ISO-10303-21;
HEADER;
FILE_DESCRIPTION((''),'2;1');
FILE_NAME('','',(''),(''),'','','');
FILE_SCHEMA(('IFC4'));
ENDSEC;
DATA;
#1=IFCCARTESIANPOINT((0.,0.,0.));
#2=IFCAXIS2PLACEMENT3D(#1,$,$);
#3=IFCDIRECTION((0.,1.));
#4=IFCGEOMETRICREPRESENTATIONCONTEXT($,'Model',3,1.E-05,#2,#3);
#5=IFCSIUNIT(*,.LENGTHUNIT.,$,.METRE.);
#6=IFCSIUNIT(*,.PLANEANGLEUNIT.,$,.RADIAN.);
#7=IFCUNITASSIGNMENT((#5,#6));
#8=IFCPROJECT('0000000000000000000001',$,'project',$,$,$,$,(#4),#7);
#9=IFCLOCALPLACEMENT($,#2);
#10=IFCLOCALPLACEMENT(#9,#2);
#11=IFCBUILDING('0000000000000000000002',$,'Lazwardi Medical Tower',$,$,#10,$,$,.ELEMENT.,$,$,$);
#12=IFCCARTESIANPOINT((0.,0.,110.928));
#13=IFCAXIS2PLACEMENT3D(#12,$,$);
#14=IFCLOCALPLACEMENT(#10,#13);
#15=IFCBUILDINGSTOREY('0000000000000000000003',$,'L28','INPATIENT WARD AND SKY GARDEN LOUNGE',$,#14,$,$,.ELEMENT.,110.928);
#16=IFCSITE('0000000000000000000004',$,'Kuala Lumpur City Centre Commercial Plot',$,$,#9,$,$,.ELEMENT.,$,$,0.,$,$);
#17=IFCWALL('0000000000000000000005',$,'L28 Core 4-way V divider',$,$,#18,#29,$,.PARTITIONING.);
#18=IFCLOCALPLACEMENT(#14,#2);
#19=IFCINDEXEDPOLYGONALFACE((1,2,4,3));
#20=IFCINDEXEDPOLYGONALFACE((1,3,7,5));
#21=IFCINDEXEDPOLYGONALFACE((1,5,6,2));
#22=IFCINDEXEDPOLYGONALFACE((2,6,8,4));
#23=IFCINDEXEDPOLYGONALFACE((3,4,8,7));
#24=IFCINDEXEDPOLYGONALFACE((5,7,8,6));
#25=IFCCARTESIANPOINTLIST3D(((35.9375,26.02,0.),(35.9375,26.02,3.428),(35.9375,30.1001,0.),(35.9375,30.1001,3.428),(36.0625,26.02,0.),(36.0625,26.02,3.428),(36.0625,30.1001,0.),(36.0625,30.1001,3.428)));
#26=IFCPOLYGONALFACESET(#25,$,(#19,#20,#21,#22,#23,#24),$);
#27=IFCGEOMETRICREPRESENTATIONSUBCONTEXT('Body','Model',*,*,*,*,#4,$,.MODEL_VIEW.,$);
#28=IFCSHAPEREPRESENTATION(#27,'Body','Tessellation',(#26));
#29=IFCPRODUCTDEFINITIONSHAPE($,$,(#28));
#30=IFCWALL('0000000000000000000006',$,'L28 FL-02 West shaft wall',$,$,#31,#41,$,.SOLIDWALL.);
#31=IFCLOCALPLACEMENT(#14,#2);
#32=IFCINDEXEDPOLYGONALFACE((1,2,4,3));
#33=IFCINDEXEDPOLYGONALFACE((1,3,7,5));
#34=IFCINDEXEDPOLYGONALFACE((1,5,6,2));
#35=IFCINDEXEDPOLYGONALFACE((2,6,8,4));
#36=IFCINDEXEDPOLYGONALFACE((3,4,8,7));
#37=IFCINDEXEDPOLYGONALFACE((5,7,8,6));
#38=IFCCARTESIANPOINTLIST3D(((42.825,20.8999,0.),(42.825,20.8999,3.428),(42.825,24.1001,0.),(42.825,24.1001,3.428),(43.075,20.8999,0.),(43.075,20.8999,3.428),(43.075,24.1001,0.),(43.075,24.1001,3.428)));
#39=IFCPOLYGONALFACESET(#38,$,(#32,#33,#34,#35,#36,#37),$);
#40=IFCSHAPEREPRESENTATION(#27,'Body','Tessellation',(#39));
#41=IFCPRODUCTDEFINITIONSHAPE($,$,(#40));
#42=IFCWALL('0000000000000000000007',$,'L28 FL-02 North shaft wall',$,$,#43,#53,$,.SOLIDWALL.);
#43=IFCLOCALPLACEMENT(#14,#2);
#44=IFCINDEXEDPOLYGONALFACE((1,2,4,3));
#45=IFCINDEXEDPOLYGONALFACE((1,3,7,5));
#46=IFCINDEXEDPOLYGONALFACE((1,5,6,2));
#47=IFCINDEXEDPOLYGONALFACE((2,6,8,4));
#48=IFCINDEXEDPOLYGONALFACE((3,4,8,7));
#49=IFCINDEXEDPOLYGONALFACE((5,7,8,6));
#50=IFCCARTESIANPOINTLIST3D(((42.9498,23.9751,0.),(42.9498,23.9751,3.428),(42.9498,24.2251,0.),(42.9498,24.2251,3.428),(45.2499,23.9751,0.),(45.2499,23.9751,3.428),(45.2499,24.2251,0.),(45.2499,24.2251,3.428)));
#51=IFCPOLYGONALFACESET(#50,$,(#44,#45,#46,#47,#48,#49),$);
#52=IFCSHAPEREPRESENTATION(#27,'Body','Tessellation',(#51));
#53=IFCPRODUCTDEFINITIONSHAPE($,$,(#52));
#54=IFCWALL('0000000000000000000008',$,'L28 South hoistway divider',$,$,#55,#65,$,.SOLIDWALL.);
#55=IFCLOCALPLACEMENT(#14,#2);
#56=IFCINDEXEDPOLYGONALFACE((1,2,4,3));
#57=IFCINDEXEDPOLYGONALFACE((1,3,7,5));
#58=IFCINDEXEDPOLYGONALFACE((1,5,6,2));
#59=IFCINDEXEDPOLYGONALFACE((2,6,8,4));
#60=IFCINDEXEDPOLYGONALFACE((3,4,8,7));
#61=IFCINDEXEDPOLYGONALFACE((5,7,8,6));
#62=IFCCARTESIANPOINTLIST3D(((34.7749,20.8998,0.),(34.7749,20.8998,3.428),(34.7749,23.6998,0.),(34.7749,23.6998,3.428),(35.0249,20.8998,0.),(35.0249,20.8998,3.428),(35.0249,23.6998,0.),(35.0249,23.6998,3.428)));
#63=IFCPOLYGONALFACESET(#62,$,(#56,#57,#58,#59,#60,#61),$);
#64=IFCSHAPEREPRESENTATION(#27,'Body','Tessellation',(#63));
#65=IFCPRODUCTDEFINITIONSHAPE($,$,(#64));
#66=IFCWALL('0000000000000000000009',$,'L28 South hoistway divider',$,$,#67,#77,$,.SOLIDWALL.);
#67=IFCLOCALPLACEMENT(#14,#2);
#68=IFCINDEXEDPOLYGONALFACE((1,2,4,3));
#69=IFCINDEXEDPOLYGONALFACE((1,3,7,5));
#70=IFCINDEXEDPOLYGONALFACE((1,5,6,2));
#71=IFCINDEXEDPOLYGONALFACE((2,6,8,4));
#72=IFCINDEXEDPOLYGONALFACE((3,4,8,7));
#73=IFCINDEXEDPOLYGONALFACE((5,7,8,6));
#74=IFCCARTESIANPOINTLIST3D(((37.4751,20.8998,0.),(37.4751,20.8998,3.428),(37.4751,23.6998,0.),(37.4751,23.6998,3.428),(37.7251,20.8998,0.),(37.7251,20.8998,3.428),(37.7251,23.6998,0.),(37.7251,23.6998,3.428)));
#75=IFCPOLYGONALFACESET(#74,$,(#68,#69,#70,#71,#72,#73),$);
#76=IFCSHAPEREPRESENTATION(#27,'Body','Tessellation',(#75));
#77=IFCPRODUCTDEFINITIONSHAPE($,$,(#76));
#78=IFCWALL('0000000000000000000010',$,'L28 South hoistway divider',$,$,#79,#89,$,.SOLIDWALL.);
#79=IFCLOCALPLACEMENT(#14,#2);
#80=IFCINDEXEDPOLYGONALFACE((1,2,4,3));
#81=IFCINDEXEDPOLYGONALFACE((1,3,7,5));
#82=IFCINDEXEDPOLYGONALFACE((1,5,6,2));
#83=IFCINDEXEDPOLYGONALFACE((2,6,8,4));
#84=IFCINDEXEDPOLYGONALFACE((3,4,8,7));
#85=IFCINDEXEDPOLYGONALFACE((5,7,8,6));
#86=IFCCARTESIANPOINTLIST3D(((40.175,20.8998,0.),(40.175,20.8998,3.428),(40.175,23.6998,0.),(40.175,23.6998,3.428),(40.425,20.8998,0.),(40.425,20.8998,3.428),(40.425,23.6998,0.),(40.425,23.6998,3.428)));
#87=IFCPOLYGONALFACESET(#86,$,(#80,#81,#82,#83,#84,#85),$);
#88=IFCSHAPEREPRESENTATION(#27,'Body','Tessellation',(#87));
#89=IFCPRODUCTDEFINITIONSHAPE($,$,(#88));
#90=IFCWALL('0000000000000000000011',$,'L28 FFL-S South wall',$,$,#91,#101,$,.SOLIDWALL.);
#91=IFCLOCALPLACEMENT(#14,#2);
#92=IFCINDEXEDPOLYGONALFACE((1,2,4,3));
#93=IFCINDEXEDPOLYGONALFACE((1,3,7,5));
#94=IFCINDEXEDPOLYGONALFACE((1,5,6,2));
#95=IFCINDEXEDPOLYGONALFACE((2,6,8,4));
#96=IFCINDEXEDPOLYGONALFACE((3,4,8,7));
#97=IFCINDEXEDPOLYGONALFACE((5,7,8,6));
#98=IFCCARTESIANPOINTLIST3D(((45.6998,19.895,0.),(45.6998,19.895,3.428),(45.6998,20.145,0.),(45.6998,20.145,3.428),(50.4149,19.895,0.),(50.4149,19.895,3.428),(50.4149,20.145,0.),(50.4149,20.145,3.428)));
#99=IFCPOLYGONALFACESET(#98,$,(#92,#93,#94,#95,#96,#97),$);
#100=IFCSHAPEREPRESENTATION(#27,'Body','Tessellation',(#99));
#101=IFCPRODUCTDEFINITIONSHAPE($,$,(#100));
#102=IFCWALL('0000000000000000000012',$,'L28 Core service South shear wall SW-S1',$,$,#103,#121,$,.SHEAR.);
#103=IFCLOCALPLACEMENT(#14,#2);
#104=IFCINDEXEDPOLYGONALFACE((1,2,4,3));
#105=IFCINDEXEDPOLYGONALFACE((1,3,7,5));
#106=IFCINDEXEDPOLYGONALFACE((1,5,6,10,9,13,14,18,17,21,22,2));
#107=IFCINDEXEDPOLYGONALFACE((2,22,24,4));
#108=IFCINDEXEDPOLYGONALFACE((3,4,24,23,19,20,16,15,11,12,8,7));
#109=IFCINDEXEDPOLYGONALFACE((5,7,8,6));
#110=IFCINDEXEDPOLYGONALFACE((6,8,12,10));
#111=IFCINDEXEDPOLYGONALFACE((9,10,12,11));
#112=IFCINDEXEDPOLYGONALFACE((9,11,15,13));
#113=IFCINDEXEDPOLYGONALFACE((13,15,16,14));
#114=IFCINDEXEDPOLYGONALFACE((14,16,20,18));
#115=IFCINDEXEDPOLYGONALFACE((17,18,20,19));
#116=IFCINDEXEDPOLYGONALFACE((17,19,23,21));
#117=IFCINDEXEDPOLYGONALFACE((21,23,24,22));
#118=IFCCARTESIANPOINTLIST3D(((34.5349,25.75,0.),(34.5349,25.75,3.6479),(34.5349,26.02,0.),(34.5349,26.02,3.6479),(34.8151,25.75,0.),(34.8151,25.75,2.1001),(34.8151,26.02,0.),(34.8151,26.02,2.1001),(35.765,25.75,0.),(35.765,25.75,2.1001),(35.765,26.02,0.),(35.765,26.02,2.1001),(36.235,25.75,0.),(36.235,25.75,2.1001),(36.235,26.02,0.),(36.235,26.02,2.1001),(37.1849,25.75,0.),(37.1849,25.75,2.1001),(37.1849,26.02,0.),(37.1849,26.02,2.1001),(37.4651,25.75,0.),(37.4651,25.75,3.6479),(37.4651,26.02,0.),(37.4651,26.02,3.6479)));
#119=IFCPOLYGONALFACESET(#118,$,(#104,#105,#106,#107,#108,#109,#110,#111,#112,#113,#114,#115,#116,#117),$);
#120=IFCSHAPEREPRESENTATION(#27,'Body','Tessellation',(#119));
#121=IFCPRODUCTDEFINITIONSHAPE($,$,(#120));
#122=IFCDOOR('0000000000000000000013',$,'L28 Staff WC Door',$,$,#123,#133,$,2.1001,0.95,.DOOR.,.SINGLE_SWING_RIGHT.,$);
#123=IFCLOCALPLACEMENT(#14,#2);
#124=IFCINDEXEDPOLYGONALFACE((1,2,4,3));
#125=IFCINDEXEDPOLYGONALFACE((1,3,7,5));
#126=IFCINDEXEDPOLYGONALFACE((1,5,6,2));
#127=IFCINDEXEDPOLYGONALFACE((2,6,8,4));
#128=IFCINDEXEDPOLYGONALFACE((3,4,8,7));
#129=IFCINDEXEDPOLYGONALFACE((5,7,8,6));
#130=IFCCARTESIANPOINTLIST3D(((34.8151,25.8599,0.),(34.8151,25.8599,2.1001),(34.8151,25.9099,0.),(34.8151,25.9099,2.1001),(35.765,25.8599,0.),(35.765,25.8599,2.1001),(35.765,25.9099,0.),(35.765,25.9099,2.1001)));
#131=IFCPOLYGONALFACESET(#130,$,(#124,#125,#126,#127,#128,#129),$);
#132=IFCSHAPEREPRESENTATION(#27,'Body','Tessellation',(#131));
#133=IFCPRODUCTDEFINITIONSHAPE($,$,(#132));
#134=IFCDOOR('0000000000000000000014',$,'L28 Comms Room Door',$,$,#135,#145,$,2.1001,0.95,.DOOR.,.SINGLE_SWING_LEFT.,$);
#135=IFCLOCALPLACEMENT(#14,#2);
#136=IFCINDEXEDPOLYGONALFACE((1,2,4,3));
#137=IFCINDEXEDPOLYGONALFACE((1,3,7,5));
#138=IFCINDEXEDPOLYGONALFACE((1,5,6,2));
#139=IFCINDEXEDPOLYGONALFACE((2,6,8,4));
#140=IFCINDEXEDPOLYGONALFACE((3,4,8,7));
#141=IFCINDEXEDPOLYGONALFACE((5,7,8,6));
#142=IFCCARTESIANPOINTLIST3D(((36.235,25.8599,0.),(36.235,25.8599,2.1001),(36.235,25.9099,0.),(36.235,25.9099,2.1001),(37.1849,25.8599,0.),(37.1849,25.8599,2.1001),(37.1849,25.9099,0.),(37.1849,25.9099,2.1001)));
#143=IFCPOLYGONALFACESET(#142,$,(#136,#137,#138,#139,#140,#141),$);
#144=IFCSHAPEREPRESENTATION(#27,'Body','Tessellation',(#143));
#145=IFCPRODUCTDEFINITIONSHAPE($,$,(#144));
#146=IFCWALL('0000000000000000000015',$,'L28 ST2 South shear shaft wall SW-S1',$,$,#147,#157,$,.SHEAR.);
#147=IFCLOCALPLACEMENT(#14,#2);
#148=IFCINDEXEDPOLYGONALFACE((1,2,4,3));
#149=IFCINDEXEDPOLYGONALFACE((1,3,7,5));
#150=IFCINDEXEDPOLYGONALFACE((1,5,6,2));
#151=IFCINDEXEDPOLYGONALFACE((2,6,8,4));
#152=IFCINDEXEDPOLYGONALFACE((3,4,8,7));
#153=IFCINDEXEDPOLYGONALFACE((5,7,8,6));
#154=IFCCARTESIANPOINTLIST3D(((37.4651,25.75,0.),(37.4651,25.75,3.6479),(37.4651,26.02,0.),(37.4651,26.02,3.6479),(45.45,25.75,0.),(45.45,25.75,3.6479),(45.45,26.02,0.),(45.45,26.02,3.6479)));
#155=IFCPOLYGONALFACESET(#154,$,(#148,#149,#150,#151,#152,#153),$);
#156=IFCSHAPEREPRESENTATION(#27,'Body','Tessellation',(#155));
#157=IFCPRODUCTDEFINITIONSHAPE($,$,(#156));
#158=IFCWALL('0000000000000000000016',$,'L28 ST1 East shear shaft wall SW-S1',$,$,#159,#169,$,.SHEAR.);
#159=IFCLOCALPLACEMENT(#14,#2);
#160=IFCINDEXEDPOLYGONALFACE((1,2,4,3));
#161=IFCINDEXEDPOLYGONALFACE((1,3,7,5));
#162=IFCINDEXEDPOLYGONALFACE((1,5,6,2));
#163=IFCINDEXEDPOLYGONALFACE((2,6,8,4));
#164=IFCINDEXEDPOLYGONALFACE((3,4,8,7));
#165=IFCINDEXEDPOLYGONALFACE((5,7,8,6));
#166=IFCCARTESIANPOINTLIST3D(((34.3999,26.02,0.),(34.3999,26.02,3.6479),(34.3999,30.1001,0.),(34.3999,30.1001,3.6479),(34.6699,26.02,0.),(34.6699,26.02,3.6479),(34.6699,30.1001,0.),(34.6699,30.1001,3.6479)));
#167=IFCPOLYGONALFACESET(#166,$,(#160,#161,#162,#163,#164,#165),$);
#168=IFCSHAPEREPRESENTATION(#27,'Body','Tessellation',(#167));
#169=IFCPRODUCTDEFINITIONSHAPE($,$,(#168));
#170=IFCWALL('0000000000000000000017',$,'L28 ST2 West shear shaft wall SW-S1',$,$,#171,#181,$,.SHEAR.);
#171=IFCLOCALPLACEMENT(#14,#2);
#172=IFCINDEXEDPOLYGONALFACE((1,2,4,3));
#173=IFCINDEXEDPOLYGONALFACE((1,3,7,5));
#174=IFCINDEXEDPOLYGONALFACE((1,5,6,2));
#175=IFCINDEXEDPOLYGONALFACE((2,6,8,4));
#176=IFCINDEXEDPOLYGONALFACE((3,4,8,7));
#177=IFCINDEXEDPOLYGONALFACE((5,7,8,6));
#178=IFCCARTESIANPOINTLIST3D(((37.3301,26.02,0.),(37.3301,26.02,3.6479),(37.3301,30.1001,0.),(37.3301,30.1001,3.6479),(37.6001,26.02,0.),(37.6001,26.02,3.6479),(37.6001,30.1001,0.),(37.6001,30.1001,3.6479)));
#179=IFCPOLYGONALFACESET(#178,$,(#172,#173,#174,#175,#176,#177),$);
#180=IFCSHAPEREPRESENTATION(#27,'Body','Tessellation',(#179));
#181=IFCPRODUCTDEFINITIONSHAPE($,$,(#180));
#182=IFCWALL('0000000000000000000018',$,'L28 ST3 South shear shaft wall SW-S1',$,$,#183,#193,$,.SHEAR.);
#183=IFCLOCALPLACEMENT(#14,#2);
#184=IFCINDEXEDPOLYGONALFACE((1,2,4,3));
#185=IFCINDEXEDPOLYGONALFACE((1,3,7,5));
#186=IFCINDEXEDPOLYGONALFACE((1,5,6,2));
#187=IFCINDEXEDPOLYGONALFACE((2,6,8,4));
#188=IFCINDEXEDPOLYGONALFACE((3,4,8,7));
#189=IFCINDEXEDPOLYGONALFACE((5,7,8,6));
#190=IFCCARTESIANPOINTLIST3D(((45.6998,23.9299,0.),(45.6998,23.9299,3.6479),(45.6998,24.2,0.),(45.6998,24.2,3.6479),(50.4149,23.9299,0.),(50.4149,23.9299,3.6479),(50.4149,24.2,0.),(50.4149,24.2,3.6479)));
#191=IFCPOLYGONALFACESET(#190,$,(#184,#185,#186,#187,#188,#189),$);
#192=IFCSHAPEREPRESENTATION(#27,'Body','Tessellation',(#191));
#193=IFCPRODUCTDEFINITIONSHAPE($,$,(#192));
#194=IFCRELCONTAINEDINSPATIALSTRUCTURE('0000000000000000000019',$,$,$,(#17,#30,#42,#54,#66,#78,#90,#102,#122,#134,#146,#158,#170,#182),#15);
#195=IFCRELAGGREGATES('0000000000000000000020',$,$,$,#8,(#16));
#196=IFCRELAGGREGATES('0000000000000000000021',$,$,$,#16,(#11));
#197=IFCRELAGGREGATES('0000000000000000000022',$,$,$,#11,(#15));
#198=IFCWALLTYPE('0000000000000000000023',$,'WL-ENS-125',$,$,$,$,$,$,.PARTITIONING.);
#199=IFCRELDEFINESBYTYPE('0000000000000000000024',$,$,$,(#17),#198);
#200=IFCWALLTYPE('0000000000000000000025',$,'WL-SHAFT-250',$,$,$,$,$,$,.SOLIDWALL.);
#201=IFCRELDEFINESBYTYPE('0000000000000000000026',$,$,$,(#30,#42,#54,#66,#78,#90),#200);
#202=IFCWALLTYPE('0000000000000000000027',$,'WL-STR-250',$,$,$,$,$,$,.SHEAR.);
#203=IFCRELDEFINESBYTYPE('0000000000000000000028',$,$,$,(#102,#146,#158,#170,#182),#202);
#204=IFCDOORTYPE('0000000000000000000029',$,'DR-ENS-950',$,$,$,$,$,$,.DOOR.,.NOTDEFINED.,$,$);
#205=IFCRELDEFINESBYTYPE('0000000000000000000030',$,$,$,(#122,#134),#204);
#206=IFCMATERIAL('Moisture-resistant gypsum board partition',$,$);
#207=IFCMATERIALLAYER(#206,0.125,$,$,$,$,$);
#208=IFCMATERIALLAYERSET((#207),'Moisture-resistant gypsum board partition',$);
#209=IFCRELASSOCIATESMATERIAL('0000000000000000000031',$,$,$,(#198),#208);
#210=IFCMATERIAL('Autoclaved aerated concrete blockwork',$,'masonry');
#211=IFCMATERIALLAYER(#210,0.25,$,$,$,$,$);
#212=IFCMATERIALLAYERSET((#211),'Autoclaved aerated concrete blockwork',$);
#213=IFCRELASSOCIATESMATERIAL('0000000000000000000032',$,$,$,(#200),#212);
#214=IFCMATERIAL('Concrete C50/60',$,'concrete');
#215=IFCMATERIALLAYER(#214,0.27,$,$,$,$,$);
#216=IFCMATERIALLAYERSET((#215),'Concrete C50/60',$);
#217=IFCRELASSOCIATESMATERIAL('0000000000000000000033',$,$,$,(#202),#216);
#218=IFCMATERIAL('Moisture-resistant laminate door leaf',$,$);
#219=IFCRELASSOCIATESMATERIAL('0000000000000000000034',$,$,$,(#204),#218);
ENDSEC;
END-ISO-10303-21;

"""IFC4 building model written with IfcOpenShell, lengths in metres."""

from ifc_helpers import new_model, si_unit, direction, frame, frame_2d, origin, place, context, subcontext, project, spatial, rectangle, extrude, material, layer, layer_set, type_object, element, fill, save


model = new_model("IFC4")

# Units and contexts
model_context = context("Model", 3, precision=1e-05, world=origin(), true_north=direction((0.0, 1.0)))
body_context = subcontext(model_context, "Body", "Model", "MODEL_VIEW")
ifc_project = project(units=[si_unit("LENGTHUNIT", "METRE"), si_unit("PLANEANGLEUNIT", "RADIAN")], contexts=[model_context])

# Site, building, storey
site_placement = place(None, origin())
site = spatial("IfcSite", under=ifc_project, at=site_placement, Name="Kuala Lumpur City Centre Commercial Plot", CompositionType="ELEMENT", RefElevation=0.0)
building_placement = place(site_placement, origin())
building = spatial("IfcBuilding", under=site, at=building_placement, Name="Lazwardi Medical Tower", CompositionType="ELEMENT")
storey_placement = place(building_placement, frame((0.0, 0.0, 110.928)))
storey = spatial("IfcBuildingStorey", under=building, at=storey_placement, Name="L28", Description="INPATIENT WARD AND SKY GARDEN LOUNGE", CompositionType="ELEMENT", Elevation=110.928)

# Walls
ifc_material_1 = material(Name="Moisture-resistant gypsum board partition")
ifc_layer_1 = layer(ifc_material_1, 0.125)
ifc_layer_set_1 = layer_set([ifc_layer_1], Name="Moisture-resistant gypsum board partition")
wall_type_1 = type_object("IfcWallType", Name="WL-ENS-125", PredefinedType="PARTITIONING", material=ifc_layer_set_1)
wall_1_placement = place(storey_placement, frame((36.0, 26.02, 0.0), z_axis=(0.0, 0.0, 1.0), x_axis=(0.0, 1.0, 0.0)))
element("IfcWall", 1, at=wall_1_placement, inside=storey, type_object=wall_type_1, Name="L28 Core 4-way V divider", PredefinedType="PARTITIONING", context=body_context, shape_type="SweptSolid", body=[
    extrude(rectangle(XDim=4.0801, YDim=0.125, at=frame_2d((2.04, 0.0))), origin(), (0.0, 0.0, 1.0), 3.428),
])
ifc_material_2 = material(Name="Autoclaved aerated concrete blockwork", Category="masonry")
ifc_layer_2 = layer(ifc_material_2, 0.25)
ifc_layer_set_2 = layer_set([ifc_layer_2], Name="Autoclaved aerated concrete blockwork")
wall_type_2 = type_object("IfcWallType", Name="WL-SHAFT-250", PredefinedType="SOLIDWALL", material=ifc_layer_set_2)
wall_2_placement = place(storey_placement, frame((42.95, 20.8999, 0.0), z_axis=(0.0, 0.0, 1.0), x_axis=(0.0, 1.0, 0.0)))
element("IfcWall", 2, at=wall_2_placement, inside=storey, type_object=wall_type_2, Name="L28 FL-02 West shaft wall", PredefinedType="SOLIDWALL", context=body_context, shape_type="SweptSolid", body=[
    extrude(rectangle(XDim=3.2002, YDim=0.25, at=frame_2d((1.6001, 0.0))), origin(), (0.0, 0.0, 1.0), 3.428),
])
wall_3_placement = place(storey_placement, frame((42.95, 24.1001, 0.0), z_axis=(0.0, 0.0, 1.0), x_axis=(1.0, 0.0, 0.0)))
element("IfcWall", 3, at=wall_3_placement, inside=storey, type_object=wall_type_2, Name="L28 FL-02 North shaft wall", PredefinedType="SOLIDWALL", context=body_context, shape_type="SweptSolid", body=[
    extrude(rectangle(XDim=2.3, YDim=0.25, at=frame_2d((1.1499, 0.0))), origin(), (0.0, 0.0, 1.0), 3.428),
])
for number, where, z_axis, x_axis, name in (
    (4, (34.8999, 20.8999, 0.0), (0.0, 0.0, 1.0), (0.0, 1.0, 0.0), "L28 South hoistway divider"),
    (5, (37.6001, 20.8999, 0.0), (0.0, 0.0, 1.0), (0.0, 1.0, 0.0), "L28 South hoistway divider"),
    (6, (40.3, 20.8999, 0.0), (0.0, 0.0, 1.0), (0.0, 1.0, 0.0), "L28 South hoistway divider"),
):
    element("IfcWall", number, at=place(storey_placement, frame(where, z_axis=z_axis, x_axis=x_axis)), inside=storey, type_object=wall_type_2, Name=name, PredefinedType="SOLIDWALL", context=body_context, shape_type="SweptSolid", body=[
        extrude(rectangle(XDim=2.8, YDim=0.25, at=frame_2d((1.3999, 0.0))), origin(), (0.0, 0.0, 1.0), 3.428),
    ])
wall_4_placement = place(storey_placement, frame((45.7, 20.02, 0.0), z_axis=(0.0, 0.0, 1.0), x_axis=(1.0, 0.0, 0.0)))
element("IfcWall", 7, at=wall_4_placement, inside=storey, type_object=wall_type_2, Name="L28 FFL-S South wall", PredefinedType="SOLIDWALL", context=body_context, shape_type="SweptSolid", body=[
    extrude(rectangle(XDim=4.7151, YDim=0.25, at=frame_2d((2.3574, 0.0))), origin(), (0.0, 0.0, 1.0), 3.428),
])

# Wall, openings, doors
ifc_material_3 = material(Name="Concrete C50/60", Category="concrete")
ifc_layer_3 = layer(ifc_material_3, 0.27)
ifc_layer_set_3 = layer_set([ifc_layer_3], Name="Concrete C50/60")
wall_type_3 = type_object("IfcWallType", Name="WL-STR-250", PredefinedType="SHEAR", material=ifc_layer_set_3)
wall_5_placement = place(storey_placement, frame((34.5349, 25.885, 0.0), z_axis=(0.0, 0.0, 1.0), x_axis=(1.0, 0.0, 0.0)))
wall_5 = element("IfcWall", 8, at=wall_5_placement, inside=storey, type_object=wall_type_3, Name="L28 Core service South shear wall SW-S1", PredefinedType="SHEAR", context=body_context, shape_type="SweptSolid", body=[
    extrude(rectangle(XDim=2.9302, YDim=0.27, at=frame_2d((1.4651, 0.0))), origin(), (0.0, 0.0, 1.0), 3.6479),
])
opening_1_placement = place(wall_5_placement, frame((0.28, 0.0, 0.0)))
opening_1 = element("IfcOpeningElement", 9, at=opening_1_placement, cuts=wall_5, PredefinedType="OPENING", context=body_context, shape_type="SweptSolid", body=[
    extrude(rectangle(XDim=0.95, YDim=2.1001, at=frame_2d((0.4751, 1.05))), frame((0.0, 0.145, 0.0), z_axis=(0.0, -1.0, 0.0), x_axis=(1.0, 0.0, 0.0)), (0.0, 0.0, 1.0), 0.29),
])
opening_2_placement = place(wall_5_placement, frame((1.7, 0.0, 0.0)))
opening_2 = element("IfcOpeningElement", 10, at=opening_2_placement, cuts=wall_5, PredefinedType="OPENING", context=body_context, shape_type="SweptSolid", body=[
    extrude(rectangle(XDim=0.95, YDim=2.1001, at=frame_2d((0.4751, 1.05))), frame((0.0, 0.145, 0.0), z_axis=(0.0, -1.0, 0.0), x_axis=(1.0, 0.0, 0.0)), (0.0, 0.0, 1.0), 0.29),
])
ifc_material_4 = material(Name="Moisture-resistant laminate door leaf")
door_type_1 = type_object("IfcDoorType", Name="DR-ENS-950", OperationType="NOTDEFINED", PredefinedType="DOOR", material=ifc_material_4)
door_1_placement = place(opening_1_placement, origin())
door_1 = element("IfcDoor", 11, at=door_1_placement, inside=storey, type_object=door_type_1, Name="L28 Staff WC Door", OperationType="SINGLE_SWING_RIGHT", OverallHeight=2.1001, OverallWidth=0.95, PredefinedType="DOOR", context=body_context, shape_type="SweptSolid", body=[
    extrude(rectangle(XDim=0.95, YDim=2.1001, at=frame_2d((0.4751, 1.05))), frame((0.0, 0.0249, 0.0), z_axis=(0.0, -1.0, 0.0), x_axis=(1.0, 0.0, 0.0)), (0.0, 0.0, 1.0), 0.05),
])
fill(opening_1, door_1)
door_2_placement = place(opening_2_placement, origin())
door_2 = element("IfcDoor", 12, at=door_2_placement, inside=storey, type_object=door_type_1, Name="L28 Comms Room Door", OperationType="SINGLE_SWING_LEFT", OverallHeight=2.1001, OverallWidth=0.95, PredefinedType="DOOR", context=body_context, shape_type="SweptSolid", body=[
    extrude(rectangle(XDim=0.95, YDim=2.1001, at=frame_2d((0.4751, 1.05))), frame((0.0, 0.0249, 0.0), z_axis=(0.0, -1.0, 0.0), x_axis=(1.0, 0.0, 0.0)), (0.0, 0.0, 1.0), 0.05),
])
fill(opening_2, door_2)

# Walls
wall_6_placement = place(storey_placement, frame((37.4651, 25.885, 0.0), z_axis=(0.0, 0.0, 1.0), x_axis=(1.0, 0.0, 0.0)))
element("IfcWall", 13, at=wall_6_placement, inside=storey, type_object=wall_type_3, Name="L28 ST2 South shear shaft wall SW-S1", PredefinedType="SHEAR", context=body_context, shape_type="SweptSolid", body=[
    extrude(rectangle(XDim=7.9849, YDim=0.27, at=frame_2d((3.9924, 0.0))), origin(), (0.0, 0.0, 1.0), 3.6479),
])
for number, where, z_axis, x_axis, name in (
    (14, (34.5349, 26.02, 0.0), (0.0, 0.0, 1.0), (0.0, 1.0, 0.0), "L28 ST1 East shear shaft wall SW-S1"),
    (15, (37.4651, 26.02, 0.0), (0.0, 0.0, 1.0), (0.0, 1.0, 0.0), "L28 ST2 West shear shaft wall SW-S1"),
):
    element("IfcWall", number, at=place(storey_placement, frame(where, z_axis=z_axis, x_axis=x_axis)), inside=storey, type_object=wall_type_3, Name=name, PredefinedType="SHEAR", context=body_context, shape_type="SweptSolid", body=[
        extrude(rectangle(XDim=4.0801, YDim=0.27, at=frame_2d((2.04, 0.0))), origin(), (0.0, 0.0, 1.0), 3.6479),
    ])
wall_7_placement = place(storey_placement, frame((45.7, 24.0649, 0.0), z_axis=(0.0, 0.0, 1.0), x_axis=(1.0, 0.0, 0.0)))
element("IfcWall", 16, at=wall_7_placement, inside=storey, type_object=wall_type_3, Name="L28 ST3 South shear shaft wall SW-S1", PredefinedType="SHEAR", context=body_context, shape_type="SweptSolid", body=[
    extrude(rectangle(XDim=4.7151, YDim=0.27, at=frame_2d((2.3574, 0.0))), origin(), (0.0, 0.0, 1.0), 3.6479),
])

save(model, "model.ifc")
